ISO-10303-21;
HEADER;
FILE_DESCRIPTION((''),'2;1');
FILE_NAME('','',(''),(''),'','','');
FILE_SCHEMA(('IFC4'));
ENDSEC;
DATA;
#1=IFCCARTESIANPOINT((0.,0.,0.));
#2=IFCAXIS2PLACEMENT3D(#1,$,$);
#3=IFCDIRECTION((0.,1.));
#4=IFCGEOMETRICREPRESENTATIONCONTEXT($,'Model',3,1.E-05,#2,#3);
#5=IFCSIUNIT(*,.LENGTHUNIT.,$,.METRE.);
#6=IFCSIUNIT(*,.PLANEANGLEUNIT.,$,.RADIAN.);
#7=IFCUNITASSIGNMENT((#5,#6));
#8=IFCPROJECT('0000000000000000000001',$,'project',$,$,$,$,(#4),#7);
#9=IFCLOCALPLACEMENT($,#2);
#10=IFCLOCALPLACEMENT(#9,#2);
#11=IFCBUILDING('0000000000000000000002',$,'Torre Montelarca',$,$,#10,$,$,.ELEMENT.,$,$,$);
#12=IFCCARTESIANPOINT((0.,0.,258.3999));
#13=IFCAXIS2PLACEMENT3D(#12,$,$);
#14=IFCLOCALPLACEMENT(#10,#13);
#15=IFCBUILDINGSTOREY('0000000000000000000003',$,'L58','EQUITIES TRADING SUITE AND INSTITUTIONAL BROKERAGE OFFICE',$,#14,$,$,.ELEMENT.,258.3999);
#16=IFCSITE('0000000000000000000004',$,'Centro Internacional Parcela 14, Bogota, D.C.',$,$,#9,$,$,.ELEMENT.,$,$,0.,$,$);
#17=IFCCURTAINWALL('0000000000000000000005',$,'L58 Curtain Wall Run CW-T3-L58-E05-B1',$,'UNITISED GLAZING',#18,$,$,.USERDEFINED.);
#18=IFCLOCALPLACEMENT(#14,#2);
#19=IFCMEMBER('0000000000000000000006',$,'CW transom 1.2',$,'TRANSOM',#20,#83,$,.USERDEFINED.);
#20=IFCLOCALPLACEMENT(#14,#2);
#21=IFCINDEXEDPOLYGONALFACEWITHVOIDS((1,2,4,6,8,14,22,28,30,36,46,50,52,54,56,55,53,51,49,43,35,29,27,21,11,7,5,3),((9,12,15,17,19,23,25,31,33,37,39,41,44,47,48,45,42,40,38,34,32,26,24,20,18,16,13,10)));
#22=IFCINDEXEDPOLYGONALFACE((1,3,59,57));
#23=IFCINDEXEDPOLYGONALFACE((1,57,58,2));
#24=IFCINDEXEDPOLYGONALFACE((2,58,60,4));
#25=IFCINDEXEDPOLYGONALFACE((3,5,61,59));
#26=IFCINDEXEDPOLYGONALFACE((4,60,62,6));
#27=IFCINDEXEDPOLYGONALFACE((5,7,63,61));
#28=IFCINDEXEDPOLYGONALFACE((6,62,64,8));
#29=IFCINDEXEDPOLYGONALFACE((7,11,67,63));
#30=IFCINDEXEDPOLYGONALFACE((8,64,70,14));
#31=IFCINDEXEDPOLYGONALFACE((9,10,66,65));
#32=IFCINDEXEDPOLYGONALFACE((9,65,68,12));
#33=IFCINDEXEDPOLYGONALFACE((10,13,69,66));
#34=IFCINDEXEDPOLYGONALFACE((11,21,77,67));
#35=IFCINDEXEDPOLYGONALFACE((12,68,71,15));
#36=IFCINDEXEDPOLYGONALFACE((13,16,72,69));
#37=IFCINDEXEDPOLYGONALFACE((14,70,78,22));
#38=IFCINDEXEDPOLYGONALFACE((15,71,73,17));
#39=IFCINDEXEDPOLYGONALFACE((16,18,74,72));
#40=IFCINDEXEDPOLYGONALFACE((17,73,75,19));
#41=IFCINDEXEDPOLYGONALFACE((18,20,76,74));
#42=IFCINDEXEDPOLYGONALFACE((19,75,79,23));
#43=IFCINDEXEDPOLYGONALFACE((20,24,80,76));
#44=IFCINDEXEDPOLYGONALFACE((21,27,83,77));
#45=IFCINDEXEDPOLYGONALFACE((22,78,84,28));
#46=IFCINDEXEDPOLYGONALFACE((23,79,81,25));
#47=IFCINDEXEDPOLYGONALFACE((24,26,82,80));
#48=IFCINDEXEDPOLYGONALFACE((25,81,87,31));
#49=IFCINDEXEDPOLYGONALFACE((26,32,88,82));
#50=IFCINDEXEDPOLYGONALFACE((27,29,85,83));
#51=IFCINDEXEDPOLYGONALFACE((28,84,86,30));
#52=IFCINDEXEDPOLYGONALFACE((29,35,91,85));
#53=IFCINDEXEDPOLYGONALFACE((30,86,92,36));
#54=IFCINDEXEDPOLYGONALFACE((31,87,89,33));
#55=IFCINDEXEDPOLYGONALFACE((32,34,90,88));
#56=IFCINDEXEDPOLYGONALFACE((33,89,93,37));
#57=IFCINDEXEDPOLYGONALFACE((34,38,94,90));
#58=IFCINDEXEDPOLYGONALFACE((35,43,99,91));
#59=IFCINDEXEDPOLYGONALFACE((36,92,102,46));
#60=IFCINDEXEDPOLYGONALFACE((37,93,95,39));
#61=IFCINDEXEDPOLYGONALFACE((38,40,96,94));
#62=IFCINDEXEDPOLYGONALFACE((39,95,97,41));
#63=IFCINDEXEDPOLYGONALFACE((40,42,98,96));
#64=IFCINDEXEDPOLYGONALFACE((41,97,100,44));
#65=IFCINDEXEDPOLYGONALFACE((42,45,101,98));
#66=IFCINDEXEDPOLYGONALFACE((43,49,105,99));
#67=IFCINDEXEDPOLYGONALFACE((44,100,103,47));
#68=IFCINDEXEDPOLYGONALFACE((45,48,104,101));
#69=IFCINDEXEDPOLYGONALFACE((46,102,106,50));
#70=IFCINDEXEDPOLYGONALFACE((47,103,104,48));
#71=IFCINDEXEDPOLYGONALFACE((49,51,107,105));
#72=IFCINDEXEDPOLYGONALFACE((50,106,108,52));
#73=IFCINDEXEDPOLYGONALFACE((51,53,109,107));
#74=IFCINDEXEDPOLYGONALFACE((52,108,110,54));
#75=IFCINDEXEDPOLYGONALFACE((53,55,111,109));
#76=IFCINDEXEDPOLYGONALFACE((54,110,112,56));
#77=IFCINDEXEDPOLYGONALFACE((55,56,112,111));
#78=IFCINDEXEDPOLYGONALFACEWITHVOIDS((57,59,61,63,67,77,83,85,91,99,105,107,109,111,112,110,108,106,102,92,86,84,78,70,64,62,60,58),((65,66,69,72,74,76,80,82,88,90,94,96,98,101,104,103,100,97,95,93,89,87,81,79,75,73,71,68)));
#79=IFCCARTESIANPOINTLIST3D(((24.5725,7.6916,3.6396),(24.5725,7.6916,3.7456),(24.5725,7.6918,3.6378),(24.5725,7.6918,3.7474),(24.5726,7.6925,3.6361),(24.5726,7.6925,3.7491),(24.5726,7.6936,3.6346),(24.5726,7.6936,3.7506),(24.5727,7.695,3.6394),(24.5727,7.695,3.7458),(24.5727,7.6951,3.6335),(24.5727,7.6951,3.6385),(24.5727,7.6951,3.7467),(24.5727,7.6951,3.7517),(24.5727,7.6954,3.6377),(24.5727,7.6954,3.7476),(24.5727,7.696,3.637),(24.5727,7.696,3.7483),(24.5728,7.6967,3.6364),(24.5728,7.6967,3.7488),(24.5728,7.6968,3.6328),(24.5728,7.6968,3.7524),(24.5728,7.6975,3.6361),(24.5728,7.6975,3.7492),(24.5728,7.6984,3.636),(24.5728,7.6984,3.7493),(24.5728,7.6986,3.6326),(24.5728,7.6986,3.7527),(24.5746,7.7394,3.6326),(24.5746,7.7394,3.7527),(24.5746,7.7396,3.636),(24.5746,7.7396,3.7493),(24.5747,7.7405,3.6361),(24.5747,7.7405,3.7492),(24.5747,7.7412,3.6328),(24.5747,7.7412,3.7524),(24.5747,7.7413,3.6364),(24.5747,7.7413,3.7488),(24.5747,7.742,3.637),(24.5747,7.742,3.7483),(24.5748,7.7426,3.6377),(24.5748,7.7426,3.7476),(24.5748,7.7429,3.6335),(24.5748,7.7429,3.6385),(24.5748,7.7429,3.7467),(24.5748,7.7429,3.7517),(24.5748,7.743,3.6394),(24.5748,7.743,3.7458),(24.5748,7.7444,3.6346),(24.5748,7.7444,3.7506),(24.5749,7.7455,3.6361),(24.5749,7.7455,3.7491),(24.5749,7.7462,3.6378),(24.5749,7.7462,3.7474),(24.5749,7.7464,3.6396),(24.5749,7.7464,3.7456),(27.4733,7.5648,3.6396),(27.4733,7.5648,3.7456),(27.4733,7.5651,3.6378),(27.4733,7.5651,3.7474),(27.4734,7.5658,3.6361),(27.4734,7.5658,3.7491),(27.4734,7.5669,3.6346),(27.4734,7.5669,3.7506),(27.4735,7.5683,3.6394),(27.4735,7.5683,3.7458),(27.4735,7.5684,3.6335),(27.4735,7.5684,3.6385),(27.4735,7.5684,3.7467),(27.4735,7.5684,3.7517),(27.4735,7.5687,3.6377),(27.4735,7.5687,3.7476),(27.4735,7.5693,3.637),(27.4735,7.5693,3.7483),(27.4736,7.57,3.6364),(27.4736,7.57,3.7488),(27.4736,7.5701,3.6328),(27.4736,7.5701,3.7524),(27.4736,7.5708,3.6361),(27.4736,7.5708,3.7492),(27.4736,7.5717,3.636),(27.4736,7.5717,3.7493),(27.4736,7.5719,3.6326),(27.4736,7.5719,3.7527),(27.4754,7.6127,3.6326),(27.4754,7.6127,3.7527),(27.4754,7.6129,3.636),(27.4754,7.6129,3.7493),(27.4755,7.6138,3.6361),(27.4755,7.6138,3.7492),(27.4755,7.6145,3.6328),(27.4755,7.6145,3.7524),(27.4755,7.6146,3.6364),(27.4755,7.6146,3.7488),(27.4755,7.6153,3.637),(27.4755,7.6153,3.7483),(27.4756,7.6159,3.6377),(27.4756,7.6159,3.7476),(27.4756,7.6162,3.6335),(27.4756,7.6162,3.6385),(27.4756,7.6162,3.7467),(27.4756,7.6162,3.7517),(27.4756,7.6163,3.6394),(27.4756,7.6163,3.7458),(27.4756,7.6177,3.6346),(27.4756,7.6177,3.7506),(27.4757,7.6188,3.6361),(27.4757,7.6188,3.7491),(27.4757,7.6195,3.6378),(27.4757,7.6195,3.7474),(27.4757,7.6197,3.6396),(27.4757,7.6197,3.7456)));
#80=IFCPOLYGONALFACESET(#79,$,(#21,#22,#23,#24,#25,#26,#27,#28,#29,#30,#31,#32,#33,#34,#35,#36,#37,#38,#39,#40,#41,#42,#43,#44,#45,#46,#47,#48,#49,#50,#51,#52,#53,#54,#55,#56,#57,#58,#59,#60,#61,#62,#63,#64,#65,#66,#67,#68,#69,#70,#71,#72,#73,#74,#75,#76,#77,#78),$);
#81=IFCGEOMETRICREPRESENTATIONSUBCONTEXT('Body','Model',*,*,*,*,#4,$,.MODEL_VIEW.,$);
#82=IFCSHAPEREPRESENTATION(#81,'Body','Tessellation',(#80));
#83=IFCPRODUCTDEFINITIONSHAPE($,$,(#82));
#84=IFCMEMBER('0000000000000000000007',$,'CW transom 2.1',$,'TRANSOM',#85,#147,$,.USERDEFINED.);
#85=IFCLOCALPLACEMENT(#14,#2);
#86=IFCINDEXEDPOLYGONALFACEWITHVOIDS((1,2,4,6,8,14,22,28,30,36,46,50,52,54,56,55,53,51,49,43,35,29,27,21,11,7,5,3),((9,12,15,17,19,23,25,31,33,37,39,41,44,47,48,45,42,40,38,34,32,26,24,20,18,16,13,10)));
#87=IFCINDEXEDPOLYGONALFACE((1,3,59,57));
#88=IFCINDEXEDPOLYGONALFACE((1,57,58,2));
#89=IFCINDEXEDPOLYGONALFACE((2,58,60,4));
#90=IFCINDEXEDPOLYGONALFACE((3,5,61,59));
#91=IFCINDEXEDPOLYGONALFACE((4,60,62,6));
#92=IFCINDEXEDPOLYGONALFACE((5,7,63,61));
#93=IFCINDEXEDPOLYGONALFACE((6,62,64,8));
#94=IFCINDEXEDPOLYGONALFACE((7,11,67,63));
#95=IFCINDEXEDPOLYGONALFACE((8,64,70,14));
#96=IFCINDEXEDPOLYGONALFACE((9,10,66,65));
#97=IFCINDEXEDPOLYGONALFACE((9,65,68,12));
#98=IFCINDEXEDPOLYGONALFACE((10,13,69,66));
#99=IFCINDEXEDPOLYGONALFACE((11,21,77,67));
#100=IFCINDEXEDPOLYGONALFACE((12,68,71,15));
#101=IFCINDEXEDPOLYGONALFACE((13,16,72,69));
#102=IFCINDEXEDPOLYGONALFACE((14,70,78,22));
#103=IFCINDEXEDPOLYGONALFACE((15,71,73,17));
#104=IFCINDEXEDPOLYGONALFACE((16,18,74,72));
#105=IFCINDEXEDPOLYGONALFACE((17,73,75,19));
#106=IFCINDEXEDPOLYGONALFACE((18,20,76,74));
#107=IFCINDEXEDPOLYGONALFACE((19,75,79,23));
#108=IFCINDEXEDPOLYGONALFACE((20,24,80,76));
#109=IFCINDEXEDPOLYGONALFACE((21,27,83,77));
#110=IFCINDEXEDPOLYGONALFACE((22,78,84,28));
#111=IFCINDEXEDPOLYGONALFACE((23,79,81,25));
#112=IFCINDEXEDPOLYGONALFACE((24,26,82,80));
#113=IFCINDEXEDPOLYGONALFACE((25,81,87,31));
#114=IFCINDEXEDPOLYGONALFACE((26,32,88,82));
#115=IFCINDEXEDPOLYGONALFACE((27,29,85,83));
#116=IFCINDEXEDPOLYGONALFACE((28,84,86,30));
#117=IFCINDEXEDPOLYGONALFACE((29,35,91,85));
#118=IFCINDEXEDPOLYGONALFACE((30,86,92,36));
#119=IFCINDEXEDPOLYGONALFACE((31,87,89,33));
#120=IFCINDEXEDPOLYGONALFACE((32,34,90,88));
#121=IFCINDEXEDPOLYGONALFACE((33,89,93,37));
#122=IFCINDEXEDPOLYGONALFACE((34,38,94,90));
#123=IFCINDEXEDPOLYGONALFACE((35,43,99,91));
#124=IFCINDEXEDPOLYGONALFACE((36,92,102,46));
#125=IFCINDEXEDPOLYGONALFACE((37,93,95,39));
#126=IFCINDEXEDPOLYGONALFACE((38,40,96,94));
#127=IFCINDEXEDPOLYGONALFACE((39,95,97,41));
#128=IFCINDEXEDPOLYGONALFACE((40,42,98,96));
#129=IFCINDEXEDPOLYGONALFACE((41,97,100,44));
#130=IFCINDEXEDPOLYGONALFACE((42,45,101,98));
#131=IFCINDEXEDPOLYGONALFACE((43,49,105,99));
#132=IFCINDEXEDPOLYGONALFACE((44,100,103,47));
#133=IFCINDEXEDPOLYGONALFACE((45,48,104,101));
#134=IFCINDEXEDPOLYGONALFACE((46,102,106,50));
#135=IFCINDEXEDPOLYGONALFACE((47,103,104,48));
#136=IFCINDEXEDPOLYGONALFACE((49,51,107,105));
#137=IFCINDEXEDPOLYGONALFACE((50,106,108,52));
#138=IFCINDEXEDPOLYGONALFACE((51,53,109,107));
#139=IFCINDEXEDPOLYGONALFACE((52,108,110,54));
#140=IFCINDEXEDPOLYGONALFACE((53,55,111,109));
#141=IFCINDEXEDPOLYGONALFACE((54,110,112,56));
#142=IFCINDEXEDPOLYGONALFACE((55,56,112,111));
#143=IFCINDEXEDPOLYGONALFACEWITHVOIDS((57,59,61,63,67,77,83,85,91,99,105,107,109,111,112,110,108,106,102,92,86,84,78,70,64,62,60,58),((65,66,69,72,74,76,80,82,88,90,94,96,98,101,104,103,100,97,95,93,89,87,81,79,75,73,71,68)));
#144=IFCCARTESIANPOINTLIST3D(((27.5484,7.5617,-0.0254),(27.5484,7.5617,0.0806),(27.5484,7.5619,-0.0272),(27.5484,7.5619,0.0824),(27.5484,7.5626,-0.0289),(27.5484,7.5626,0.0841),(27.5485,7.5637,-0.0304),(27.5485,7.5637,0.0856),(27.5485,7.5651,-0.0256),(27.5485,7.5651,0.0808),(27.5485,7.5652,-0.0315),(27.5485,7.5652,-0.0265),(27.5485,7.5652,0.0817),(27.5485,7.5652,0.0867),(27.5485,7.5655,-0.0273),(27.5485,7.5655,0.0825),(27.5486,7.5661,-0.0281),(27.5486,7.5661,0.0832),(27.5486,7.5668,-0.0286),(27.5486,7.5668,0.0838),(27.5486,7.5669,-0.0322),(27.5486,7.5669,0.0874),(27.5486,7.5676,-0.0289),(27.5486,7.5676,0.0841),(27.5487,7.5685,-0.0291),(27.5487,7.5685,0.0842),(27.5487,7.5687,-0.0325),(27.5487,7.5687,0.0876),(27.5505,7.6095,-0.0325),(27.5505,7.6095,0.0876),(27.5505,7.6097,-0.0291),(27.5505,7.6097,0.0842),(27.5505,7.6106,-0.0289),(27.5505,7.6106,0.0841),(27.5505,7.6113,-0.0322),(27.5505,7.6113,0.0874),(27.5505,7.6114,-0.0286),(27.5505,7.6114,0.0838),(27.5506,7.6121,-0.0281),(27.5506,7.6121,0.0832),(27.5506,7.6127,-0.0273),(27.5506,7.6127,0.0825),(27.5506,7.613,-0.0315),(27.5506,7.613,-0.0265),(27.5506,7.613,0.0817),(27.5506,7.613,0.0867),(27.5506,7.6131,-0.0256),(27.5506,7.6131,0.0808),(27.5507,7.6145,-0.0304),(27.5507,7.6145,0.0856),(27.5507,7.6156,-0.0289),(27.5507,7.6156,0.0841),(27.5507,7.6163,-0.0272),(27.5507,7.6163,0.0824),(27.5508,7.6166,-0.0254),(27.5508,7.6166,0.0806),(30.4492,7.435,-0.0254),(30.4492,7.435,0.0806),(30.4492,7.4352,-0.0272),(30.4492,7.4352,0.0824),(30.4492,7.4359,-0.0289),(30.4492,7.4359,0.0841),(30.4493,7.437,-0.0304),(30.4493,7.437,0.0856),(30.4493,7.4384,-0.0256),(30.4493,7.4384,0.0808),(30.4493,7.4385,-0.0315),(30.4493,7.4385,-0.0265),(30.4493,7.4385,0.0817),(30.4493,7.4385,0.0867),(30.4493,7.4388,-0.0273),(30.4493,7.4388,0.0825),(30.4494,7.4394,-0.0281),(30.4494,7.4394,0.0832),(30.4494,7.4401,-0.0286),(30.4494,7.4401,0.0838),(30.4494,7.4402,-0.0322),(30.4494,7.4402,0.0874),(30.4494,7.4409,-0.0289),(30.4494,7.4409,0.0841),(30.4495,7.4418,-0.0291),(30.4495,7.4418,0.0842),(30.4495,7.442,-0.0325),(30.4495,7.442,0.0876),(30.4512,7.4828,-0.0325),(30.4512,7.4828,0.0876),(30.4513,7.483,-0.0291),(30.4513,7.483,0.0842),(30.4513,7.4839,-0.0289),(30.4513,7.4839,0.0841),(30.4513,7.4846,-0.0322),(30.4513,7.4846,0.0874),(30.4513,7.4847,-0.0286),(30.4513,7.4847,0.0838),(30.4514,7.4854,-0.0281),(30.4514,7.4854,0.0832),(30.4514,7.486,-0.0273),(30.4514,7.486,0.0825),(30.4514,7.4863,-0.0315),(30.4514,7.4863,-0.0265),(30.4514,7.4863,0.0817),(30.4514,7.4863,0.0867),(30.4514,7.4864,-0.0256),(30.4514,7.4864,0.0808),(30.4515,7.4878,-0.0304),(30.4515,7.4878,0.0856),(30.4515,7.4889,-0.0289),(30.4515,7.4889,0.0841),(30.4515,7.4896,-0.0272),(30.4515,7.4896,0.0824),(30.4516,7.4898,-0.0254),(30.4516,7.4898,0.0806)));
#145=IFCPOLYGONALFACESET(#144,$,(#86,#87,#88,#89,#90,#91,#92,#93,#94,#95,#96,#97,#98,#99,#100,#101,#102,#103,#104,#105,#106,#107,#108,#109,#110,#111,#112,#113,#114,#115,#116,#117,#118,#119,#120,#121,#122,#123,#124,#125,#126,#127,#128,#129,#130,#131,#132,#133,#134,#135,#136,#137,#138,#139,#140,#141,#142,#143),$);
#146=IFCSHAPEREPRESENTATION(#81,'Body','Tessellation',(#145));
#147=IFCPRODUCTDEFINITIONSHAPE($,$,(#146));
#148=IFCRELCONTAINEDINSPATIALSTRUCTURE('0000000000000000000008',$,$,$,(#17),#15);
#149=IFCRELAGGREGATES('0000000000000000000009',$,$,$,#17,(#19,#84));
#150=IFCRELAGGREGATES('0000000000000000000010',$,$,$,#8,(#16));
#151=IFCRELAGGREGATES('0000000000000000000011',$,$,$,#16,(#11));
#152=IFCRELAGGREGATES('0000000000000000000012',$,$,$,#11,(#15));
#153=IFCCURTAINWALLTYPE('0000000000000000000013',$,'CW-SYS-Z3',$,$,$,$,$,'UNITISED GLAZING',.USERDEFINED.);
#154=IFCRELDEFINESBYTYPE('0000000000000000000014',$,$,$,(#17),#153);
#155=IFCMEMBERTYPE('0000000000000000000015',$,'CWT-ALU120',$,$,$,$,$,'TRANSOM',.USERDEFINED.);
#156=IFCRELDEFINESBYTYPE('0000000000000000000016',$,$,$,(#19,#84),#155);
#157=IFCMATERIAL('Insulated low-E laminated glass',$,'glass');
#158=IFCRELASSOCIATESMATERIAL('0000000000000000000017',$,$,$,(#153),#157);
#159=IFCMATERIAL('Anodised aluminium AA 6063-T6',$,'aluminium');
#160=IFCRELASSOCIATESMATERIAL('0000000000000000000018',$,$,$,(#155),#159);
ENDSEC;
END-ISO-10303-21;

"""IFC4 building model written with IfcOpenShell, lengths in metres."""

from ifc_helpers import new_model, si_unit, direction, frame, origin, origin_2d, place, context, subcontext, project, spatial, hollow_rectangle, extrude, source, transform, mapped, material, material_profile, profile_set, type_object, element, aggregate, save


model = new_model("IFC4")

# Units and contexts
model_context = context("Model", 3, precision=1e-05, world=origin(), true_north=direction((0.0, 1.0)))
body_context = subcontext(model_context, "Body", "Model", "MODEL_VIEW")
ifc_project = project(units=[si_unit("LENGTHUNIT", "METRE"), si_unit("PLANEANGLEUNIT", "RADIAN")], contexts=[model_context])

# Site, building, storey
site_placement = place(None, origin())
site = spatial("IfcSite", under=ifc_project, at=site_placement, Name="Centro Internacional Parcela 14, Bogota, D.C.", CompositionType="ELEMENT", RefElevation=0.0)
building_placement = place(site_placement, origin())
building = spatial("IfcBuilding", under=site, at=building_placement, Name="Torre Montelarca", CompositionType="ELEMENT")
storey_placement = place(building_placement, frame((0.0, 0.0, 258.3999)))
storey = spatial("IfcBuildingStorey", under=building, at=storey_placement, Name="L58", Description="EQUITIES TRADING SUITE AND INSTITUTIONAL BROKERAGE OFFICE", CompositionType="ELEMENT", Elevation=258.3999)

# Curtain wall, members
ifc_material_1 = material(Name="Insulated low-E laminated glass", Category="glass")
curtain_wall_type = type_object("IfcCurtainWallType", Name="CW-SYS-Z3", ElementType="UNITISED GLAZING", PredefinedType="USERDEFINED", material=ifc_material_1)
curtain_wall_1_placement = place(storey_placement, origin())
curtain_wall_1 = element("IfcCurtainWall", 1, at=curtain_wall_1_placement, inside=storey, type_object=curtain_wall_type, Name="L58 Curtain Wall Run CW-T3-L58-E05-B1", ObjectType="UNITISED GLAZING", PredefinedType="USERDEFINED")
ifc_material_2 = material(Name="Anodised aluminium AA 6063-T6", Category="aluminium")
ifc_material_profile_1 = material_profile(ifc_material_2, hollow_rectangle(XDim=0.0549, YDim=0.1201, WallThickness=0.0034, InnerFilletRadius=0.0034, OuterFilletRadius=0.0071, at=origin_2d()), Name="ALU55X120X3.5", Category="aluminium")
ifc_profile_set_1 = profile_set([ifc_material_profile_1], Name="Anodised aluminium AA 6063-T6")
member_type_1 = type_object("IfcMemberType", Name="CWT-ALU120", ElementType="TRANSOM", PredefinedType="USERDEFINED", material=ifc_profile_set_1)
shared_shape_1 = source(origin(), body_context, "Body", "SweptSolid", [
    extrude(hollow_rectangle(XDim=0.0549, YDim=0.1201, WallThickness=0.0034, InnerFilletRadius=0.0034, OuterFilletRadius=0.0071, at=origin_2d()), origin(), (0.0, 0.0, 1.0), 2.9036),
])
member_1_placement = place(storey_placement, frame((24.5737, 7.719, 3.6926), z_axis=(0.999047, -0.043638, 0.0), x_axis=(0.043638, 0.999047, 0.0)))
member_1 = element("IfcMember", 2, at=member_1_placement, type_object=member_type_1, Name="CW transom 1.2", ObjectType="TRANSOM", PredefinedType="USERDEFINED", context=body_context, shape_type="MappedRepresentation", body=[
    mapped(shared_shape_1, transform((0.0, 0.0, 0.0), scale=1.0)),
])
member_2_placement = place(storey_placement, frame((27.5496, 7.5891, 0.0276), z_axis=(0.999047, -0.043638, 0.0), x_axis=(0.043638, 0.999047, 0.0)))
member_2 = element("IfcMember", 3, at=member_2_placement, type_object=member_type_1, Name="CW transom 2.1", ObjectType="TRANSOM", PredefinedType="USERDEFINED", context=body_context, shape_type="MappedRepresentation", body=[
    mapped(shared_shape_1, transform((0.0, 0.0, 0.0), scale=1.0)),
])

aggregate(curtain_wall_1, [member_1, member_2])

save(model, "model.ifc")
